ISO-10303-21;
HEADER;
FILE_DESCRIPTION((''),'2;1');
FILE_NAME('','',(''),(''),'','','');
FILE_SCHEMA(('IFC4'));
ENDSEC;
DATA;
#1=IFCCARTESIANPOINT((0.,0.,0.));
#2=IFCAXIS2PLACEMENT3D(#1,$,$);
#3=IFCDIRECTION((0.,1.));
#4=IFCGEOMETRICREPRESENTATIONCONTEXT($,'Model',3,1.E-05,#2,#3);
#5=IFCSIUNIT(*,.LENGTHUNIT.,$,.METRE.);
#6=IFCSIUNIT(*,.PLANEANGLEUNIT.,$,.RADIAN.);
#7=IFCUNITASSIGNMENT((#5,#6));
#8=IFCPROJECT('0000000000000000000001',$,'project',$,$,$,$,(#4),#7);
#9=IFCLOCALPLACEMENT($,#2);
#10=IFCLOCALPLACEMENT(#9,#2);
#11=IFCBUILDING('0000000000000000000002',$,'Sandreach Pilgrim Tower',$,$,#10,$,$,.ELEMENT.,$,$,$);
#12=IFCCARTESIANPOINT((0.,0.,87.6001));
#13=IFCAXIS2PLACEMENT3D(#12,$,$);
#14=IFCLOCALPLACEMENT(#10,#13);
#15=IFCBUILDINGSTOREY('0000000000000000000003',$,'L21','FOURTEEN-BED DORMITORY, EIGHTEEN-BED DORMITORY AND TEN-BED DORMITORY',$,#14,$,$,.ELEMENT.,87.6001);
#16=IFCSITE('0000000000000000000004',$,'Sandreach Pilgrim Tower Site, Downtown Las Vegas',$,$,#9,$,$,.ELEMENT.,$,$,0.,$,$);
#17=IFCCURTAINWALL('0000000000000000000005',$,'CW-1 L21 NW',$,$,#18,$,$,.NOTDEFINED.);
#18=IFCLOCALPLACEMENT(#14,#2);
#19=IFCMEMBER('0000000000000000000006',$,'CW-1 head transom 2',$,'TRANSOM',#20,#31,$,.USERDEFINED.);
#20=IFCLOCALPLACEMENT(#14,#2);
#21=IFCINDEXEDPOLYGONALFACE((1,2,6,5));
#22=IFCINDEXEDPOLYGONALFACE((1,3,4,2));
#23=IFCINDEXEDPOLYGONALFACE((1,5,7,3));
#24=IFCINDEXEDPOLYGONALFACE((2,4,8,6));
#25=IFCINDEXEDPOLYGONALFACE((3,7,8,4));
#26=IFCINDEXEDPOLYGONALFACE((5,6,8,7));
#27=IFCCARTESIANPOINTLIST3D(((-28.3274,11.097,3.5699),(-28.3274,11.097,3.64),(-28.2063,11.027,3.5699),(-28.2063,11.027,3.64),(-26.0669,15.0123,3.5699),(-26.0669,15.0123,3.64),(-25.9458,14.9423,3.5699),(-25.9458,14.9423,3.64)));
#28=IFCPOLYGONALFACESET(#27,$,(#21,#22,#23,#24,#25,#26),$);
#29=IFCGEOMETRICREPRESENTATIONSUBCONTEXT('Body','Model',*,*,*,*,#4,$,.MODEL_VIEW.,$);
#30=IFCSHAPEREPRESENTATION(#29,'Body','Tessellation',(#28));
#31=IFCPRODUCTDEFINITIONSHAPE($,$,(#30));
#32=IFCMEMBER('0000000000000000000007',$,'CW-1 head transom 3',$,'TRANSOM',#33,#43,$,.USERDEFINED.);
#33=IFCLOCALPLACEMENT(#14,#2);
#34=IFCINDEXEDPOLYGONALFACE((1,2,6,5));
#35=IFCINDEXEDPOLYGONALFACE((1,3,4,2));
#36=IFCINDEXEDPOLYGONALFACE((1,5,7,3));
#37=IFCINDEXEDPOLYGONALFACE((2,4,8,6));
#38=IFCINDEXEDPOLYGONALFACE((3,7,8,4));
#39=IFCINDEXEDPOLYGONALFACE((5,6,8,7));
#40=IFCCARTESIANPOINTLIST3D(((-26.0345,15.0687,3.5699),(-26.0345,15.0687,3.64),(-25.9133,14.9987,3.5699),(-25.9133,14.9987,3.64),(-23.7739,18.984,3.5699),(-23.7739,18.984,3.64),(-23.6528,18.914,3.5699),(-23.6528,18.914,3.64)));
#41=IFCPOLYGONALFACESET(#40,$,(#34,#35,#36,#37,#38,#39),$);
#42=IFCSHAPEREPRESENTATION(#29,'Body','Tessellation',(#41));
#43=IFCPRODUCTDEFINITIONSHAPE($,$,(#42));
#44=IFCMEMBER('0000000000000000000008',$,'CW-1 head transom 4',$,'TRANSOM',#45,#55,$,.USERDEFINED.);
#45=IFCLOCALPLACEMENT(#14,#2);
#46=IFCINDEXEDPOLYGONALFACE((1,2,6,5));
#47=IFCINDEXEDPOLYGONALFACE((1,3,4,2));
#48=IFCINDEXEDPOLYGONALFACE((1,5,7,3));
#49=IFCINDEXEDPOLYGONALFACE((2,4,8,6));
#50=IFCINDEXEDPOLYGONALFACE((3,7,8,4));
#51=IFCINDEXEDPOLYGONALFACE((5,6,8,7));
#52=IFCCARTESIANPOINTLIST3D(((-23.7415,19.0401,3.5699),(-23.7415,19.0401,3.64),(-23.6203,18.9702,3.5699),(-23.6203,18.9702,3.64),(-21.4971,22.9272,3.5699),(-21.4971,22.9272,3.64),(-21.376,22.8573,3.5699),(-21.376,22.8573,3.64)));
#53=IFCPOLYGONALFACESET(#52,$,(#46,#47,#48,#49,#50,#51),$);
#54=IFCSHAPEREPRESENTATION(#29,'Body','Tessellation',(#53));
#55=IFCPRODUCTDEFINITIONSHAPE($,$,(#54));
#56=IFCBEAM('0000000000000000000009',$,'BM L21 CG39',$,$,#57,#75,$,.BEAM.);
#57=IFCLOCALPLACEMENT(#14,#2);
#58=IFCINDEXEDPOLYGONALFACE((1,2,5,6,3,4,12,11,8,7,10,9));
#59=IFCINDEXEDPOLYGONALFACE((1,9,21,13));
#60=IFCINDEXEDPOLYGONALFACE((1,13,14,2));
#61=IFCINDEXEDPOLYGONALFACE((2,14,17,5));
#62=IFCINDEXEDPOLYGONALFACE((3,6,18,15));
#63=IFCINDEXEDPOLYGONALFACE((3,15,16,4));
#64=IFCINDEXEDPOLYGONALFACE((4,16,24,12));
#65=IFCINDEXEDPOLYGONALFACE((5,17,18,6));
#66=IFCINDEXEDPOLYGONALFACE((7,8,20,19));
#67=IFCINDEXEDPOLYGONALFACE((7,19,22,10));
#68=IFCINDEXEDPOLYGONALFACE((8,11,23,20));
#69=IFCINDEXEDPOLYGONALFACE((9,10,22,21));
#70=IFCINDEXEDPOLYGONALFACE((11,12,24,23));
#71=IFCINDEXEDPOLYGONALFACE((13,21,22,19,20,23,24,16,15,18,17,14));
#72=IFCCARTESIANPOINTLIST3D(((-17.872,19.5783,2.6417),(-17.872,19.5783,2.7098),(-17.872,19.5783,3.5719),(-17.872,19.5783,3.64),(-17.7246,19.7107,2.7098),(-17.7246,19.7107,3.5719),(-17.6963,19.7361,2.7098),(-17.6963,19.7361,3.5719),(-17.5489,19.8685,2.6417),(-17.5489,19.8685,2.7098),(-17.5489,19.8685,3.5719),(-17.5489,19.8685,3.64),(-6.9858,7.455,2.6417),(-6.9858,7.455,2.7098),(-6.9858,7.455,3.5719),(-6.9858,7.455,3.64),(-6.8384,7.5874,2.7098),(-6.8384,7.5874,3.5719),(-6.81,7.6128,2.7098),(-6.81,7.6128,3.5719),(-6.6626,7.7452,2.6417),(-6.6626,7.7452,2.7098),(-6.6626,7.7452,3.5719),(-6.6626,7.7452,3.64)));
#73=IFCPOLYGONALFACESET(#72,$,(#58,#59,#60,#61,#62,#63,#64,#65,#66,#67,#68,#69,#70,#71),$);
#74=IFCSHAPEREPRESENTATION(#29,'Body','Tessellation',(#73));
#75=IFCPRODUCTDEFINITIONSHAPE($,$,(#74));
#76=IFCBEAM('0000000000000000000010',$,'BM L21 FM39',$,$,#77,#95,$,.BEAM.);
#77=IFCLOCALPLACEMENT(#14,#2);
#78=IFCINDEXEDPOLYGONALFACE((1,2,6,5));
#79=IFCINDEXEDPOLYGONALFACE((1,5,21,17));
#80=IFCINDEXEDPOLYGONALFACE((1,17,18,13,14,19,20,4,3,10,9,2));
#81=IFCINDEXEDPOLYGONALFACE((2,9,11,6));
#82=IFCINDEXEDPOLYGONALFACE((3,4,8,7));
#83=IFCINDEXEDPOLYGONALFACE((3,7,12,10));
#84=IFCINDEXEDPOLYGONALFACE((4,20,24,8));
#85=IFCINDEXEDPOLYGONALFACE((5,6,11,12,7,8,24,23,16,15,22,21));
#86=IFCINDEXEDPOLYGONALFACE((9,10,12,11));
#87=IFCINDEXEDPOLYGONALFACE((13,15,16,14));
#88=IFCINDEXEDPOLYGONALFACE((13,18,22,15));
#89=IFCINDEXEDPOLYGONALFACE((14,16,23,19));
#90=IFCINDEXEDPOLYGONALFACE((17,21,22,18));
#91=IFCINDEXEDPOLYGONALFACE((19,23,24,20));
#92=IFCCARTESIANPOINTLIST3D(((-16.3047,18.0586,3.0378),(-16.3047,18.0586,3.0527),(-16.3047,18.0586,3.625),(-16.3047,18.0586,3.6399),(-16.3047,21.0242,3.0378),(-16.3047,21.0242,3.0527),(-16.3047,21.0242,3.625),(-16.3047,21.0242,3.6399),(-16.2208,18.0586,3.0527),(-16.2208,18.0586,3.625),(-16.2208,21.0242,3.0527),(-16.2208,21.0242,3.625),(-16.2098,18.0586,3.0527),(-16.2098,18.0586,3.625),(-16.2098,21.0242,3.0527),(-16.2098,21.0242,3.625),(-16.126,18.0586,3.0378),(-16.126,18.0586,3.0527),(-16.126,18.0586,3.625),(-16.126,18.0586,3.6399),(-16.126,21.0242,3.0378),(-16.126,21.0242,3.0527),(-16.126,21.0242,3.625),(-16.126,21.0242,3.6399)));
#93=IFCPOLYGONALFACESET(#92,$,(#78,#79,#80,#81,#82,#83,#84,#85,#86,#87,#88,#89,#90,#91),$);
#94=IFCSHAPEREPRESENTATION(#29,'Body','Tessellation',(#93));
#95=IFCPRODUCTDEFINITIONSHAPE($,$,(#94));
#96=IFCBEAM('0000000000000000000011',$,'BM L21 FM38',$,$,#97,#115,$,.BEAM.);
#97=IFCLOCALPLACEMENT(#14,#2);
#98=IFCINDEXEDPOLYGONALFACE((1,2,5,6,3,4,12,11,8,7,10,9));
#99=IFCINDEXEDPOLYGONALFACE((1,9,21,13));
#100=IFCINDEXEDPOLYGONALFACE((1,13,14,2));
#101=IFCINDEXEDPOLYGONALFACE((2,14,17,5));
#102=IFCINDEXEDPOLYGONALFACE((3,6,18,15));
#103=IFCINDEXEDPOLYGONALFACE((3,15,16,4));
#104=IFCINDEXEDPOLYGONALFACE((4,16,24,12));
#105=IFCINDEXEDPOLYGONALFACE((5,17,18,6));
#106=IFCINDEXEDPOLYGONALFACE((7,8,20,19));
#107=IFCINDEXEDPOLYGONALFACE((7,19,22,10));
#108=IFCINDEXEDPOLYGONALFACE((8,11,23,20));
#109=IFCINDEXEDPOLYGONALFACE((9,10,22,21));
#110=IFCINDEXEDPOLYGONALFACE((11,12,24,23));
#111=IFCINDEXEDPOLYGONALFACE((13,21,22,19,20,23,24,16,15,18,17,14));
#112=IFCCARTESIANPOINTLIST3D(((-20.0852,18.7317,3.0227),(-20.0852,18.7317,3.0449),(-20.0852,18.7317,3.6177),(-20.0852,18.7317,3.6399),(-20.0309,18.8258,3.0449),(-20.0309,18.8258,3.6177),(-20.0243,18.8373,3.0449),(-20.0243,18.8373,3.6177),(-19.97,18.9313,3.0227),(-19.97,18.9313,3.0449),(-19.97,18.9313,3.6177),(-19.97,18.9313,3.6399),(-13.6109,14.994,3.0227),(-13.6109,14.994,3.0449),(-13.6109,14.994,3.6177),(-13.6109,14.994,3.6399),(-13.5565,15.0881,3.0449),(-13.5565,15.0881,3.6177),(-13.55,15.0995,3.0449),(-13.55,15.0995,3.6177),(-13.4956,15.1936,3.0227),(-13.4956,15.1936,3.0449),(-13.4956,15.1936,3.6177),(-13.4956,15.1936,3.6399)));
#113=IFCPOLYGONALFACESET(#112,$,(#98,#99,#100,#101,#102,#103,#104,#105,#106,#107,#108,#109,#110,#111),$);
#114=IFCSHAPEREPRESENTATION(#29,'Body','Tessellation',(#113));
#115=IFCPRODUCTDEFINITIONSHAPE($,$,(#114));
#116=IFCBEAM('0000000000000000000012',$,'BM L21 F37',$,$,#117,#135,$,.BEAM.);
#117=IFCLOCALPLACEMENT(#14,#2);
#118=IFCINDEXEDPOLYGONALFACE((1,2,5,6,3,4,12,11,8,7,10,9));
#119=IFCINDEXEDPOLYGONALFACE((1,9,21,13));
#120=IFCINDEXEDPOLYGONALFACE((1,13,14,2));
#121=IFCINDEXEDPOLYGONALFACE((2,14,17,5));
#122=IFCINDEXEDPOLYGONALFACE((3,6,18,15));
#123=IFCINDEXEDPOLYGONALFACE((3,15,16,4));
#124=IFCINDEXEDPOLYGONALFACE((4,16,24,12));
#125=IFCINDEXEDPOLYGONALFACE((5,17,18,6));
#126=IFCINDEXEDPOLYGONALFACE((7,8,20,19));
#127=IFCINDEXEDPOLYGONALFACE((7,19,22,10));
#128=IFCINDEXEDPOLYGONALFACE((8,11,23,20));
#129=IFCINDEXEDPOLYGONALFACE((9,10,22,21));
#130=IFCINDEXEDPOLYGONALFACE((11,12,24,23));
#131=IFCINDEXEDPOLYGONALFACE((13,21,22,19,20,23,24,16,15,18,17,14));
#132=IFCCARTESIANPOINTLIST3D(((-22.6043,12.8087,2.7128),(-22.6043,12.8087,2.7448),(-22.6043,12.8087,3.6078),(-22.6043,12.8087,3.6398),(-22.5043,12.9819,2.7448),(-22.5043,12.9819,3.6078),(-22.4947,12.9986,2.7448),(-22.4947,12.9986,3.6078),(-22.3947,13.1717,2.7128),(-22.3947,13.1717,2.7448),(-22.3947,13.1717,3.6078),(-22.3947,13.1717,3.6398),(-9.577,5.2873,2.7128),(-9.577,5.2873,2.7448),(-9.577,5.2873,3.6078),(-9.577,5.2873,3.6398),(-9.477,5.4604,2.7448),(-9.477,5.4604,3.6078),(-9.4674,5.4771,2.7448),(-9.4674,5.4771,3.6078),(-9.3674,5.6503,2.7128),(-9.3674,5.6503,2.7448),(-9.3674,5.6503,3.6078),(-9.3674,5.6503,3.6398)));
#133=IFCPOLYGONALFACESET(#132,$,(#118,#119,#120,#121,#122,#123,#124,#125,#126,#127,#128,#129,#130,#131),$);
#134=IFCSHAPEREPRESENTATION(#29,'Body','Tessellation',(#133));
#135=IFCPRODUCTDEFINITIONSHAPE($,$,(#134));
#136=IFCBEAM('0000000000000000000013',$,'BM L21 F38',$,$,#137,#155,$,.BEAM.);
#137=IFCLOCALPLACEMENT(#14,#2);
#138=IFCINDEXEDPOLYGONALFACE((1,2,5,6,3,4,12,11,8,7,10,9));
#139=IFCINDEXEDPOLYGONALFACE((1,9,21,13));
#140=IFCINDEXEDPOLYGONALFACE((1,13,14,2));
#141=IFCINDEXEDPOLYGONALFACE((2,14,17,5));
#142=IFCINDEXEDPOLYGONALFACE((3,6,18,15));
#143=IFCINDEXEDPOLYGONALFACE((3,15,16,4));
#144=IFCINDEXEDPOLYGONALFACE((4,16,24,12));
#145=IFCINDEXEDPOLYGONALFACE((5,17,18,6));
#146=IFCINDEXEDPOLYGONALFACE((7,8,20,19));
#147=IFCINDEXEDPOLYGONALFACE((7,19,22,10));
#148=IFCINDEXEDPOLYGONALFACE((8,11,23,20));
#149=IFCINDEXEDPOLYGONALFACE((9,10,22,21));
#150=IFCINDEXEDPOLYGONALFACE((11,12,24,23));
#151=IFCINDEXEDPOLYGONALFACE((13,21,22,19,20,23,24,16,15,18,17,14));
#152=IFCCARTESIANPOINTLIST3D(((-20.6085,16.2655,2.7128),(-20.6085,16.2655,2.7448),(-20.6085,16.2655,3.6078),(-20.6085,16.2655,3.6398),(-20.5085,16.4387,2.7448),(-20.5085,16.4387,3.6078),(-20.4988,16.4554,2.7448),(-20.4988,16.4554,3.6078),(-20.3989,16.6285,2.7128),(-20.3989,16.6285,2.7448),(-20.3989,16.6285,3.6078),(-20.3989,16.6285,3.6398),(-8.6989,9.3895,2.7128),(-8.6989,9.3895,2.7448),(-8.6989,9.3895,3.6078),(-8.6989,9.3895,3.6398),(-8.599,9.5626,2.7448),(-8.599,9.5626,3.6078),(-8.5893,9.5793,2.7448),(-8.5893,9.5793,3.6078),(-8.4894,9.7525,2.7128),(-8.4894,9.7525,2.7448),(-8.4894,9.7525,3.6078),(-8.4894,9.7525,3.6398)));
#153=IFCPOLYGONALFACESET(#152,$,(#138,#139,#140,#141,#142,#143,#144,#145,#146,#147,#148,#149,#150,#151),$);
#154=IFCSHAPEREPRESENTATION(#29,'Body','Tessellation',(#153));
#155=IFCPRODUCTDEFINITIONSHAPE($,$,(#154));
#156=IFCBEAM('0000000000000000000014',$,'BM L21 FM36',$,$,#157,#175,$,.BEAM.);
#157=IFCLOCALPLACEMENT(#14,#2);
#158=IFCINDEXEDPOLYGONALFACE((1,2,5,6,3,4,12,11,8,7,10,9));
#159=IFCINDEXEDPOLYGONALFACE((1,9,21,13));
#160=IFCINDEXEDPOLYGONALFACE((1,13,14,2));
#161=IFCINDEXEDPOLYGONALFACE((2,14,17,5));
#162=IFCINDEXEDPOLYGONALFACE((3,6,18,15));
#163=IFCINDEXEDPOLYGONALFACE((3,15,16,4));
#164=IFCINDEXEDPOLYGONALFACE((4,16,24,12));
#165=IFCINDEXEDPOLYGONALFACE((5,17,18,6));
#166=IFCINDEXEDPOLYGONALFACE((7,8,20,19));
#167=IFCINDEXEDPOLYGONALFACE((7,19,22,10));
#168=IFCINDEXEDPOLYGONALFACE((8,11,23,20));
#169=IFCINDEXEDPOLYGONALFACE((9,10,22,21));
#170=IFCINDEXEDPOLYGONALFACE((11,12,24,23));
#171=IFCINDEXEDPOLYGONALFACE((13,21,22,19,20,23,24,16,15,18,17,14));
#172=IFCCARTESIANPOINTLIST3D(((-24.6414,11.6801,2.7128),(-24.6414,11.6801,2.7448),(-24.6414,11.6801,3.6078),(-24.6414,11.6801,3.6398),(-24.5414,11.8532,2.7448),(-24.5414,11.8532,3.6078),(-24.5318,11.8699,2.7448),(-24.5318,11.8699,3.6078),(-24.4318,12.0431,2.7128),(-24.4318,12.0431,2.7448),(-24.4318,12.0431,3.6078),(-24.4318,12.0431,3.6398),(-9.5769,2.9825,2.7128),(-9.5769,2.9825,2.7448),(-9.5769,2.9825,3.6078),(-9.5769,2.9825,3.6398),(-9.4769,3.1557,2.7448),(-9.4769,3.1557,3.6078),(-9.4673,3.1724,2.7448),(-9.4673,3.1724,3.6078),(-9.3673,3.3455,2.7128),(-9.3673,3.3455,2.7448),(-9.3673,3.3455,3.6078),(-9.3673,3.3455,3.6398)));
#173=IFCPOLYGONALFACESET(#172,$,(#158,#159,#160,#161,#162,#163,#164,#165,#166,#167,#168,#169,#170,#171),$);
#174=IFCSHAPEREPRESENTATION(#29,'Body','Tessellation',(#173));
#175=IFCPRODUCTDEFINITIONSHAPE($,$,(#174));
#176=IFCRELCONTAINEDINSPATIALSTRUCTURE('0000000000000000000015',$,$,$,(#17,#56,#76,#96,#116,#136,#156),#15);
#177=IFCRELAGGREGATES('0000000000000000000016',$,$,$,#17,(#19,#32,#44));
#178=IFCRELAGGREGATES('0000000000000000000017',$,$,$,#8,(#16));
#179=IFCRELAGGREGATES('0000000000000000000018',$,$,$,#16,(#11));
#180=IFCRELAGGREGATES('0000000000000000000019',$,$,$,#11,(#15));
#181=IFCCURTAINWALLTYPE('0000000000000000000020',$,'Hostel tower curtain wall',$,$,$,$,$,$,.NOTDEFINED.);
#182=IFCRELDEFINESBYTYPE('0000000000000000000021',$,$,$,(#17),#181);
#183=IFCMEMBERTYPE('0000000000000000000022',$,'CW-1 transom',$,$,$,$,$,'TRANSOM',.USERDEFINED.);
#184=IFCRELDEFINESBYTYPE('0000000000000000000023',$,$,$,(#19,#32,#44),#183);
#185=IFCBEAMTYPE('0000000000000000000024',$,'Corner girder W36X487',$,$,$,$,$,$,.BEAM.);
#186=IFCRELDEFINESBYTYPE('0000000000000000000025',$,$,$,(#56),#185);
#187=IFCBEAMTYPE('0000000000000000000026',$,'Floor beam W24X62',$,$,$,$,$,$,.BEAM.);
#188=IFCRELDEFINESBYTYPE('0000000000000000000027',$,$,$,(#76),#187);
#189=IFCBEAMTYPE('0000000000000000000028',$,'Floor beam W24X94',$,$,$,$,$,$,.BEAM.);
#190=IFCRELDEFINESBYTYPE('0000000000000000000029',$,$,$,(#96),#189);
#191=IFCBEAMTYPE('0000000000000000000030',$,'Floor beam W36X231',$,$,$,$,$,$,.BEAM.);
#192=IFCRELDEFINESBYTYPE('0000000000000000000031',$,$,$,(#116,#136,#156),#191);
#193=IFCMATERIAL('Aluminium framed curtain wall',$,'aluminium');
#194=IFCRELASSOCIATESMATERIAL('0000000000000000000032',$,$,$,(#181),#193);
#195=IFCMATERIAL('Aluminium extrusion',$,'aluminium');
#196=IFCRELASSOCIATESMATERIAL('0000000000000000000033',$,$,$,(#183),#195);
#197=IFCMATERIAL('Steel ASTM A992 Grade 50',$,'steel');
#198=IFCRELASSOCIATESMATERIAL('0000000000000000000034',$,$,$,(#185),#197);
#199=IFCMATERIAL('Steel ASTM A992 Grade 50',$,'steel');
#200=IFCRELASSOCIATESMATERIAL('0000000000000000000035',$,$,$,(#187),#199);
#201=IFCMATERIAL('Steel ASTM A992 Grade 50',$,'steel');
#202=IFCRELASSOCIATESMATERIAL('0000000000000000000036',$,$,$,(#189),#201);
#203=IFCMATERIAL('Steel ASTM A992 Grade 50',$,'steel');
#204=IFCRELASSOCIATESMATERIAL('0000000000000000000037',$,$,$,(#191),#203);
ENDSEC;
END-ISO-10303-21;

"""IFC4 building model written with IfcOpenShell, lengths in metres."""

from ifc_helpers import new_model, si_unit, direction, frame, origin, origin_2d, place, context, subcontext, project, spatial, rectangle, i_section, extrude, material, material_profile, profile_set, type_object, element, aggregate, save


model = new_model("IFC4")

# Units and contexts
model_context = context("Model", 3, precision=1e-05, world=origin(), true_north=direction((0.0, 1.0)))
body_context = subcontext(model_context, "Body", "Model", "MODEL_VIEW")
ifc_project = project(units=[si_unit("LENGTHUNIT", "METRE"), si_unit("PLANEANGLEUNIT", "RADIAN")], contexts=[model_context])

# Site, building, storey
site_placement = place(None, origin())
site = spatial("IfcSite", under=ifc_project, at=site_placement, Name="Sandreach Pilgrim Tower Site, Downtown Las Vegas", CompositionType="ELEMENT", RefElevation=0.0)
building_placement = place(site_placement, origin())
building = spatial("IfcBuilding", under=site, at=building_placement, Name="Sandreach Pilgrim Tower", CompositionType="ELEMENT")
storey_placement = place(building_placement, frame((0.0, 0.0, 87.6001)))
storey = spatial("IfcBuildingStorey", under=building, at=storey_placement, Name="L21", Description="FOURTEEN-BED DORMITORY, EIGHTEEN-BED DORMITORY AND TEN-BED DORMITORY", CompositionType="ELEMENT", Elevation=87.6001)

# Curtain wall
ifc_material_1 = material(Name="Aluminium framed curtain wall", Category="aluminium")
curtain_wall_type = type_object("IfcCurtainWallType", Name="Hostel tower curtain wall", PredefinedType="NOTDEFINED", material=ifc_material_1)
curtain_wall_1_placement = place(storey_placement, origin())
curtain_wall_1 = element("IfcCurtainWall", 1, at=curtain_wall_1_placement, inside=storey, type_object=curtain_wall_type, Name="CW-1 L21 NW", PredefinedType="NOTDEFINED")

# Members
ifc_material_2 = material(Name="Aluminium extrusion", Category="aluminium")
ifc_material_profile_1 = material_profile(ifc_material_2, rectangle(XDim=0.1399, YDim=0.0701, at=origin_2d()), Name="CW-1T 140X70")
ifc_profile_set_1 = profile_set([ifc_material_profile_1], Name="Aluminium extrusion")
member_type_1 = type_object("IfcMemberType", Name="CW-1 transom", ElementType="TRANSOM", PredefinedType="USERDEFINED", material=ifc_profile_set_1)
member_1_placement = place(storey_placement, frame((-28.2668, 11.062, 3.605), z_axis=(0.500001, 0.866025, 0.0), x_axis=(-0.866025, 0.500001, 0.0)))
member_1 = element("IfcMember", 2, at=member_1_placement, type_object=member_type_1, Name="CW-1 head transom 2", ObjectType="TRANSOM", PredefinedType="USERDEFINED", context=body_context, shape_type="SweptSolid", body=[
    extrude(rectangle(XDim=0.1399, YDim=0.0701, at=origin_2d()), origin(), (0.0, 0.0, 1.0), 4.521),
])
member_2_placement = place(storey_placement, frame((-25.9739, 15.0337, 3.605), z_axis=(0.500001, 0.866025, 0.0), x_axis=(-0.866025, 0.500001, 0.0)))
member_2 = element("IfcMember", 3, at=member_2_placement, type_object=member_type_1, Name="CW-1 head transom 3", ObjectType="TRANSOM", PredefinedType="USERDEFINED", context=body_context, shape_type="SweptSolid", body=[
    extrude(rectangle(XDim=0.1399, YDim=0.0701, at=origin_2d()), origin(), (0.0, 0.0, 1.0), 4.521),
])
member_3_placement = place(storey_placement, frame((-23.6809, 19.0051, 3.605), z_axis=(0.500018, 0.866015, 0.0), x_axis=(-0.866015, 0.500018, 0.0)))
member_3 = element("IfcMember", 4, at=member_3_placement, type_object=member_type_1, Name="CW-1 head transom 4", ObjectType="TRANSOM", PredefinedType="USERDEFINED", context=body_context, shape_type="SweptSolid", body=[
    extrude(rectangle(XDim=0.1399, YDim=0.0701, at=origin_2d()), origin(), (0.0, 0.0, 1.0), 4.4885),
])

# Beams
ifc_material_3 = material(Name="Steel ASTM A992 Grade 50", Category="steel")
ifc_material_profile_2 = material_profile(ifc_material_3, i_section(OverallWidth=0.4343, OverallDepth=0.9983, WebThickness=0.0381, FlangeThickness=0.0681, at=origin_2d()), Name="W36X487")
ifc_profile_set_2 = profile_set([ifc_material_profile_2], Name="Steel ASTM A992 Grade 50")
beam_type_1 = type_object("IfcBeamType", Name="Corner girder W36X487", PredefinedType="BEAM", material=ifc_profile_set_2)
beam_1_placement = place(storey_placement, frame((-17.7104, 19.7234, 3.1409), z_axis=(0.668126, -0.744048, 0.0), x_axis=(0.744048, 0.668126, 0.0)))
element("IfcBeam", 5, at=beam_1_placement, inside=storey, type_object=beam_type_1, Name="BM L21 CG39", PredefinedType="BEAM", context=body_context, shape_type="SweptSolid", body=[
    extrude(i_section(OverallWidth=0.4343, OverallDepth=0.9983, WebThickness=0.0381, FlangeThickness=0.0681, at=origin_2d()), origin(), (0.0, 0.0, 1.0), 16.2937),
])
ifc_material_4 = material(Name="Steel ASTM A992 Grade 50", Category="steel")
ifc_material_profile_3 = material_profile(ifc_material_4, i_section(OverallWidth=0.1787, OverallDepth=0.6021, WebThickness=0.011, FlangeThickness=0.0149, at=origin_2d()), Name="W24X62")
ifc_profile_set_3 = profile_set([ifc_material_profile_3], Name="Steel ASTM A992 Grade 50")
beam_type_2 = type_object("IfcBeamType", Name="Floor beam W24X62", PredefinedType="BEAM", material=ifc_profile_set_3)
beam_2_placement = place(storey_placement, frame((-16.2153, 21.0242, 3.3389), z_axis=(0.0, -1.0, 0.0), x_axis=(1.0, 0.0, 0.0)))
element("IfcBeam", 6, at=beam_2_placement, inside=storey, type_object=beam_type_2, Name="BM L21 FM39", PredefinedType="BEAM", context=body_context, shape_type="SweptSolid", body=[
    extrude(i_section(OverallWidth=0.1787, OverallDepth=0.6021, WebThickness=0.011, FlangeThickness=0.0149, at=origin_2d()), origin(), (0.0, 0.0, 1.0), 2.9656),
])
ifc_material_5 = material(Name="Steel ASTM A992 Grade 50", Category="steel")
ifc_material_profile_4 = material_profile(ifc_material_5, i_section(OverallWidth=0.2305, OverallDepth=0.6172, WebThickness=0.0132, FlangeThickness=0.0222, at=origin_2d()), Name="W24X94")
ifc_profile_set_4 = profile_set([ifc_material_profile_4], Name="Steel ASTM A992 Grade 50")
beam_type_3 = type_object("IfcBeamType", Name="Floor beam W24X94", PredefinedType="BEAM", material=ifc_profile_set_4)
beam_3_placement = place(storey_placement, frame((-20.0276, 18.8315, 3.3313), z_axis=(0.866036, -0.499982, 0.0), x_axis=(0.499982, 0.866036, 0.0)))
element("IfcBeam", 7, at=beam_3_placement, inside=storey, type_object=beam_type_3, Name="BM L21 FM38", PredefinedType="BEAM", context=body_context, shape_type="SweptSolid", body=[
    extrude(i_section(OverallWidth=0.2305, OverallDepth=0.6172, WebThickness=0.0132, FlangeThickness=0.0222, at=origin_2d()), origin(), (0.0, 0.0, 1.0), 7.4758),
])
ifc_material_6 = material(Name="Steel ASTM A992 Grade 50", Category="steel")
ifc_material_profile_5 = material_profile(ifc_material_6, i_section(OverallWidth=0.4192, OverallDepth=0.927, WebThickness=0.0193, FlangeThickness=0.032, at=origin_2d()), Name="W36X231")
ifc_profile_set_5 = profile_set([ifc_material_profile_5], Name="Steel ASTM A992 Grade 50")
beam_type_4 = type_object("IfcBeamType", Name="Floor beam W36X231", PredefinedType="BEAM", material=ifc_profile_set_5)
beam_4_placement = place(storey_placement, frame((-22.4995, 12.9902, 3.1763), z_axis=(0.866021, -0.500007, 0.0), x_axis=(0.500007, 0.866021, 0.0)))
element("IfcBeam", 8, at=beam_4_placement, inside=storey, type_object=beam_type_4, Name="BM L21 F37", PredefinedType="BEAM", context=body_context, shape_type="SweptSolid", body=[
    extrude(i_section(OverallWidth=0.4192, OverallDepth=0.927, WebThickness=0.0193, FlangeThickness=0.032, at=origin_2d()), origin(), (0.0, 0.0, 1.0), 15.0427),
])
beam_5_placement = place(storey_placement, frame((-20.5037, 16.447, 3.1763), z_axis=(0.866023, -0.500004, 0.0), x_axis=(0.500004, 0.866023, 0.0)))
element("IfcBeam", 9, at=beam_5_placement, inside=storey, type_object=beam_type_4, Name="BM L21 F38", PredefinedType="BEAM", context=body_context, shape_type="SweptSolid", body=[
    extrude(i_section(OverallWidth=0.4192, OverallDepth=0.927, WebThickness=0.0193, FlangeThickness=0.032, at=origin_2d()), origin(), (0.0, 0.0, 1.0), 13.752),
])
beam_6_placement = place(storey_placement, frame((-24.5366, 11.8616, 3.1763), z_axis=(0.866024, -0.500002, 0.0), x_axis=(0.500002, 0.866024, 0.0)))
element("IfcBeam", 10, at=beam_6_placement, inside=storey, type_object=beam_type_4, Name="BM L21 FM36", PredefinedType="BEAM", context=body_context, shape_type="SweptSolid", body=[
    extrude(i_section(OverallWidth=0.4192, OverallDepth=0.927, WebThickness=0.0193, FlangeThickness=0.032, at=origin_2d()), origin(), (0.0, 0.0, 1.0), 17.395),
])

aggregate(curtain_wall_1, [member_1, member_2, member_3])

save(model, "model.ifc")
